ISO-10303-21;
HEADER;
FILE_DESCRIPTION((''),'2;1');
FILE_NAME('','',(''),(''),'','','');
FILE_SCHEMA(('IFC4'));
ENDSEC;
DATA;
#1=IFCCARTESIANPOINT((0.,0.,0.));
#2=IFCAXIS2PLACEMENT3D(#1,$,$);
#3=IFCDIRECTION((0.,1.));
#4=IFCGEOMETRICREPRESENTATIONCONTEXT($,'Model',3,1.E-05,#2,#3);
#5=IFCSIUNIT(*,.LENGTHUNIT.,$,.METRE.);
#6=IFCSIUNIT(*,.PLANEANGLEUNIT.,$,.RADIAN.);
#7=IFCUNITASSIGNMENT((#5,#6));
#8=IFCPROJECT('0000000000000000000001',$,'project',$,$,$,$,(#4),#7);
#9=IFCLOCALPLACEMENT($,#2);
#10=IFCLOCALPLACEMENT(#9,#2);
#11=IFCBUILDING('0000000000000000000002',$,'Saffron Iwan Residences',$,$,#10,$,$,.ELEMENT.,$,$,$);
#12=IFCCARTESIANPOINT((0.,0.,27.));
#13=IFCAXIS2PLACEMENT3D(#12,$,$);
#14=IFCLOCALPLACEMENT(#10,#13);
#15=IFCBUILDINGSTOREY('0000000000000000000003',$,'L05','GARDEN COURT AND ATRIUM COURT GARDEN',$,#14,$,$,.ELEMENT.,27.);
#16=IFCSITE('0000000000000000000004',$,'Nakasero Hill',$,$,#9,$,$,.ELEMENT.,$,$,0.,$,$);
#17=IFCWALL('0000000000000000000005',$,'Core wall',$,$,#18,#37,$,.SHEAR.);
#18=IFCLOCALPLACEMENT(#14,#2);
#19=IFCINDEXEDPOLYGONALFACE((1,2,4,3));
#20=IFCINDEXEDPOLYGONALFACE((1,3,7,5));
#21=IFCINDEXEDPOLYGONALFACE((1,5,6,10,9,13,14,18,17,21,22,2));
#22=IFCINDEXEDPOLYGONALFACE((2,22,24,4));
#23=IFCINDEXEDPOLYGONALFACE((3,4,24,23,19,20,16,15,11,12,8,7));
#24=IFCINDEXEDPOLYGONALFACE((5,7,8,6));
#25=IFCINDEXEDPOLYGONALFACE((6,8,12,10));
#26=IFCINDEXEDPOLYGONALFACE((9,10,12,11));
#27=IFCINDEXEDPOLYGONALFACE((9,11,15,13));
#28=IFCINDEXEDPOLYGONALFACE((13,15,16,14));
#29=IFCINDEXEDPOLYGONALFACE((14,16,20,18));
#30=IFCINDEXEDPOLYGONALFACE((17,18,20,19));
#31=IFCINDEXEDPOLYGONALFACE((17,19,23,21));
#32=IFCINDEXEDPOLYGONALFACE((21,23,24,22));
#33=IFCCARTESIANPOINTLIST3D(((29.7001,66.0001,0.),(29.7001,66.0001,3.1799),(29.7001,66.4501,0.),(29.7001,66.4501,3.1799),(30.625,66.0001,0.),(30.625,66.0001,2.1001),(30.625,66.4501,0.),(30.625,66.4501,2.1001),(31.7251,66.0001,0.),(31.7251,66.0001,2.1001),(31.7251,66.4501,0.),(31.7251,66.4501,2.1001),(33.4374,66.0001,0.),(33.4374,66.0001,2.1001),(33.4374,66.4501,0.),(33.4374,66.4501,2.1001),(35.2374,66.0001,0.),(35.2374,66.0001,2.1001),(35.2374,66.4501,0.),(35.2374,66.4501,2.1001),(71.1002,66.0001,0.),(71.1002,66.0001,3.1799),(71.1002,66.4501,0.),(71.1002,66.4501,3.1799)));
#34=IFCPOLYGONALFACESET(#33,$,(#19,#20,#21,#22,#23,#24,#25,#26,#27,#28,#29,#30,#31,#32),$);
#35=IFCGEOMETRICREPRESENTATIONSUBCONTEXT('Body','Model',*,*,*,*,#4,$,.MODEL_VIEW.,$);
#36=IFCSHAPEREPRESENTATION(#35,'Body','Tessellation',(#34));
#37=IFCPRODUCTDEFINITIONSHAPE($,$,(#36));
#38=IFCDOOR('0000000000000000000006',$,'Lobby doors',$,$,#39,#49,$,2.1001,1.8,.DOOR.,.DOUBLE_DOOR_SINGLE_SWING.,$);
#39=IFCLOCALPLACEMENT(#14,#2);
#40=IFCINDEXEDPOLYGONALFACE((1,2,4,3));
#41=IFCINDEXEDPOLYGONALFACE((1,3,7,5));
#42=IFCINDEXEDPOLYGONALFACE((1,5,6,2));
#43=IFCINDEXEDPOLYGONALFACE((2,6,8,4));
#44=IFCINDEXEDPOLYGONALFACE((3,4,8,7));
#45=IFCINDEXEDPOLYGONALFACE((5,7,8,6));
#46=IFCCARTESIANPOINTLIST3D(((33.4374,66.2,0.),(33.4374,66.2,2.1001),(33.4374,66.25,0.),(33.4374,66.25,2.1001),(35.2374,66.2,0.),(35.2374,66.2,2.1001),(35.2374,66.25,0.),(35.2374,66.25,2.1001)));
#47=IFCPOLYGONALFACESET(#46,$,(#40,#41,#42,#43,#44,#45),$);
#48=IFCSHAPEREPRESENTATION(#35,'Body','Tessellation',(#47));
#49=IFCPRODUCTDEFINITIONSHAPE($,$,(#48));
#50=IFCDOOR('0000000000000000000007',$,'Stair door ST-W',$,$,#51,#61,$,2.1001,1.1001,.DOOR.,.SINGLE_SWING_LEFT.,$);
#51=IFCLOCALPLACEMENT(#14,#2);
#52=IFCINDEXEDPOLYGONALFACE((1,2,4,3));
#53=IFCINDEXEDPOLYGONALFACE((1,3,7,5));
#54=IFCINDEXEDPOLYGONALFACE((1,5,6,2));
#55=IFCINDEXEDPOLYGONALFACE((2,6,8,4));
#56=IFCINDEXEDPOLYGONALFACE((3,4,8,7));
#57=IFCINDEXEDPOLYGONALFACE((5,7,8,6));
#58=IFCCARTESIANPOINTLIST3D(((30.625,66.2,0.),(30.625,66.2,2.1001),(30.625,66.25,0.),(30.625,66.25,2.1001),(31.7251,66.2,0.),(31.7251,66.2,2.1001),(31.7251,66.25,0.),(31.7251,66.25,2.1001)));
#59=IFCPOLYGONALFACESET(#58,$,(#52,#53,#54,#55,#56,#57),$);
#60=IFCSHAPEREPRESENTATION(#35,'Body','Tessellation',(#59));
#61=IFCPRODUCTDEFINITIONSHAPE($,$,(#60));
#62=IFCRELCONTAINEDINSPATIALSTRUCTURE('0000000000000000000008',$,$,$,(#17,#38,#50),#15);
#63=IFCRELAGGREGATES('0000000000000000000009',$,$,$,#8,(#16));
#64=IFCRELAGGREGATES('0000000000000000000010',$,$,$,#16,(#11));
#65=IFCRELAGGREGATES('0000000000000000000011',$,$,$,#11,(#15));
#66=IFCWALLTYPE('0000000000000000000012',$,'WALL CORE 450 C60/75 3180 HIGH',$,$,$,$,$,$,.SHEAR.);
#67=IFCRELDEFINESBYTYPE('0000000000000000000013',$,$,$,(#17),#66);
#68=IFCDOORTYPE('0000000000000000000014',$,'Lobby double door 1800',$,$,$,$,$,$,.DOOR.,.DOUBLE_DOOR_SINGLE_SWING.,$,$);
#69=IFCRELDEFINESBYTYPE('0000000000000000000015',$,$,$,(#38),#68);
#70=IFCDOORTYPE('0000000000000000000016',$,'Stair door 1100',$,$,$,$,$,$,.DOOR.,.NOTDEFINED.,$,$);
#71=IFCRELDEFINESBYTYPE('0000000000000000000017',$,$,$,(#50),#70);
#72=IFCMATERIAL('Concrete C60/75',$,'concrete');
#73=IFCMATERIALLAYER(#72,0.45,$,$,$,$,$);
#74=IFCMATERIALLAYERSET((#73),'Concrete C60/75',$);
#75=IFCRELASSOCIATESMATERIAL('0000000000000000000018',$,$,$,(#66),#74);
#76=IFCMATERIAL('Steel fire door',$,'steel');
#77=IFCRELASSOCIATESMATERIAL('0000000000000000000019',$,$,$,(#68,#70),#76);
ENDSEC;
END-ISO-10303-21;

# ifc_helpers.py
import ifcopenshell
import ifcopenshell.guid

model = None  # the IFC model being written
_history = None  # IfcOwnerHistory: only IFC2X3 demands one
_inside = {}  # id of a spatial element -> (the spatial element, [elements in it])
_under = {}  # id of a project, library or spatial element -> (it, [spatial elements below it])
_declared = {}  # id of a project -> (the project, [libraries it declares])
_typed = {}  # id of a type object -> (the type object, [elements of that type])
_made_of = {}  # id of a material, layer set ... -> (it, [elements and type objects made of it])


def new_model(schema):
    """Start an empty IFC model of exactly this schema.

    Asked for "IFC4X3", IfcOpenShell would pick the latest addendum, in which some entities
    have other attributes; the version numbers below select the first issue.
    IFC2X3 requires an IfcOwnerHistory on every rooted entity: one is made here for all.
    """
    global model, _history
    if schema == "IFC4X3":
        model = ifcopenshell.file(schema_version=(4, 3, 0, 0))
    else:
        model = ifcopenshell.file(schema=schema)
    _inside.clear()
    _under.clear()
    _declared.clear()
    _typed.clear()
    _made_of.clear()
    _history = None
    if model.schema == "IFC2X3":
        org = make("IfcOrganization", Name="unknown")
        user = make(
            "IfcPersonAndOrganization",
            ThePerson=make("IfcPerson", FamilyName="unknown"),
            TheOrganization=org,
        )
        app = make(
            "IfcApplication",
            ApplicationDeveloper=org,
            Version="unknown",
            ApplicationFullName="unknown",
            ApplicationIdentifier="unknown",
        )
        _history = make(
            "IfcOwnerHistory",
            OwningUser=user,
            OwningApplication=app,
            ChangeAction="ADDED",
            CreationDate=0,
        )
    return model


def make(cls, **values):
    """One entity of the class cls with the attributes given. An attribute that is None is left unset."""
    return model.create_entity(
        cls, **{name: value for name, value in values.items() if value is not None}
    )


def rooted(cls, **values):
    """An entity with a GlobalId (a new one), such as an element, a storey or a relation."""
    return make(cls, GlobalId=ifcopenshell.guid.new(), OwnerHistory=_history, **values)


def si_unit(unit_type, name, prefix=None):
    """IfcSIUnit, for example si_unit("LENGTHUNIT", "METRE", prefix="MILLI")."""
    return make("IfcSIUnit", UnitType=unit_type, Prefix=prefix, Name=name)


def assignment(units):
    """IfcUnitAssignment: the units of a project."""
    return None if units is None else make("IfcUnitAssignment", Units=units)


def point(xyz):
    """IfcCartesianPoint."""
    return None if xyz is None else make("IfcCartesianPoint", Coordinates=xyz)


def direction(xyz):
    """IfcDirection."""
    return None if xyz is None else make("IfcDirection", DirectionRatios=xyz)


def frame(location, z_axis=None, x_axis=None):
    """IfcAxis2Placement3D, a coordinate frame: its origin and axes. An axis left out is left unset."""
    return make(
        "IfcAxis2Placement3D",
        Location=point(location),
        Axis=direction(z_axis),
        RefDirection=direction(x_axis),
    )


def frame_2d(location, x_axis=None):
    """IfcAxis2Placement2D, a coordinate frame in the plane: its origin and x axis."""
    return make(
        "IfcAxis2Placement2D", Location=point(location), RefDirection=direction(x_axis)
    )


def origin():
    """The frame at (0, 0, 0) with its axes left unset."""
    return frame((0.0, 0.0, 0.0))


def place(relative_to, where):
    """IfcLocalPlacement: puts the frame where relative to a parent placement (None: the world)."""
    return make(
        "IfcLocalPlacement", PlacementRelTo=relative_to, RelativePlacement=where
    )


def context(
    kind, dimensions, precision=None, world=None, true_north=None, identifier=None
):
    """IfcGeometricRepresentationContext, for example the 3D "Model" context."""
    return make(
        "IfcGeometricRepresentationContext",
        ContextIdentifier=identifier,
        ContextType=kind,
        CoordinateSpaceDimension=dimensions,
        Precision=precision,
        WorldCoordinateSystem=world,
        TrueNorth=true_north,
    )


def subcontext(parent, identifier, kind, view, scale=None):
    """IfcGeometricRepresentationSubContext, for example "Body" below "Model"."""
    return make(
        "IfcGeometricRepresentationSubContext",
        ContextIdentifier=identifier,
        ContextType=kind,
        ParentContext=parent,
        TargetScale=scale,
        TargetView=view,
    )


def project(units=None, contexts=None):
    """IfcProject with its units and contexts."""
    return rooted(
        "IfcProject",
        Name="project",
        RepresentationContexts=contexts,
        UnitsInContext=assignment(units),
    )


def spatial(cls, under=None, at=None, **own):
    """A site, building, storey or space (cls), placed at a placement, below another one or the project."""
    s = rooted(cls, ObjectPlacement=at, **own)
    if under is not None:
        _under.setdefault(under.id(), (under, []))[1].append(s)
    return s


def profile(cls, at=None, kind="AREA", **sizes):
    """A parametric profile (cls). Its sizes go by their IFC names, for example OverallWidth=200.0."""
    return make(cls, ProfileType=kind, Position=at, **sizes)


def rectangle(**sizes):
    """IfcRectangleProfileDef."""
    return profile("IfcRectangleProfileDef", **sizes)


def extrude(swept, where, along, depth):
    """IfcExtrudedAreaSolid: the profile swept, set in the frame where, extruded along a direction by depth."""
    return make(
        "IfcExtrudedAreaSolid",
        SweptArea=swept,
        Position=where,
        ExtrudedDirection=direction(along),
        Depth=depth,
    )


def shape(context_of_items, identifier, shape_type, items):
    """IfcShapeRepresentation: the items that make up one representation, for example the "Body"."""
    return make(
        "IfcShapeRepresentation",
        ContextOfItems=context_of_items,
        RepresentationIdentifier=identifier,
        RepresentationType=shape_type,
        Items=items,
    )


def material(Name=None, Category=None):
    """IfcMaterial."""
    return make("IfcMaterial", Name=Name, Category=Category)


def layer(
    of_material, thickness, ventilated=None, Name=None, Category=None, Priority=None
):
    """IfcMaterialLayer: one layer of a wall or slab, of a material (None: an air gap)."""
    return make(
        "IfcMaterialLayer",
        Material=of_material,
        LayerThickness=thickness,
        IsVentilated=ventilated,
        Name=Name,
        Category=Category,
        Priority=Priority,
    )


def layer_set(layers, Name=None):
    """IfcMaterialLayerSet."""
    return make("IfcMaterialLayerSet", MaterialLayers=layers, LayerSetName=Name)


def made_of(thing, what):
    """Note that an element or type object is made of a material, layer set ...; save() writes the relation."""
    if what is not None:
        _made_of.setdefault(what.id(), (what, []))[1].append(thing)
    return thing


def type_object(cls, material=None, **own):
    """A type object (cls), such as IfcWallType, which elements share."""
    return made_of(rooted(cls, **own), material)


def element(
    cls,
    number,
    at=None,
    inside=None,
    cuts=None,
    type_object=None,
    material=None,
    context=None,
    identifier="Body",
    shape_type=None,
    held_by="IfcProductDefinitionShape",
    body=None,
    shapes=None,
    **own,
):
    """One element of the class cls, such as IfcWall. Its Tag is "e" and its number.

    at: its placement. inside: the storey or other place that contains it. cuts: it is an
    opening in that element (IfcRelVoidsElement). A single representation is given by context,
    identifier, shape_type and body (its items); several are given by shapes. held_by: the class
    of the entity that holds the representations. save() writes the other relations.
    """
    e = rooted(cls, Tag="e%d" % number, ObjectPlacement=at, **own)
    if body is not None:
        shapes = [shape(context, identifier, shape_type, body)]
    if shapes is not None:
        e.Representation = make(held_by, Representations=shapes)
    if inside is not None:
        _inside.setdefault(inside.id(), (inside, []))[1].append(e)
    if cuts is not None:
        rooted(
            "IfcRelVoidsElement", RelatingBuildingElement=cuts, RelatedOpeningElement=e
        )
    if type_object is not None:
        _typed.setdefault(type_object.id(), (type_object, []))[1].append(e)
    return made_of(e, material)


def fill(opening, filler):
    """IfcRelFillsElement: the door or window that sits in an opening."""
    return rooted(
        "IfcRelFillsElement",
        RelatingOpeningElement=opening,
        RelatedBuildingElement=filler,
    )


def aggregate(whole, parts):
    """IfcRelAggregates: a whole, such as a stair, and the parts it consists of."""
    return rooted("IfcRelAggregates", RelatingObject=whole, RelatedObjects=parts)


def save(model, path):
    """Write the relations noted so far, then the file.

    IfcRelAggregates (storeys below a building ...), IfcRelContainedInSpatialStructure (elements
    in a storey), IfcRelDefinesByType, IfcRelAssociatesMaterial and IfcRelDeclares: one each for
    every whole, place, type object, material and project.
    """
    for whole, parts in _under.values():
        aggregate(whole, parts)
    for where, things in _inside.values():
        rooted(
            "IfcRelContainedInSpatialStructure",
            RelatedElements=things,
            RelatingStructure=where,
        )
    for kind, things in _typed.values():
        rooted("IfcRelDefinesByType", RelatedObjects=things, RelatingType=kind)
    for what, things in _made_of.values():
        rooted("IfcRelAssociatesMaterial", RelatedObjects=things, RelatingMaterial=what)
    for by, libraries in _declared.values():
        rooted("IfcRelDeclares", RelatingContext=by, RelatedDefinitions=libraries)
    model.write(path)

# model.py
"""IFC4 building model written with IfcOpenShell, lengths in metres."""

from ifc_helpers import new_model, si_unit, direction, frame, frame_2d, origin, place, context, subcontext, project, spatial, rectangle, extrude, material, layer, layer_set, type_object, element, fill, save


model = new_model("IFC4")

# Units and contexts
model_context = context("Model", 3, precision=1e-05, world=origin(), true_north=direction((0.0, 1.0)))
body_context = subcontext(model_context, "Body", "Model", "MODEL_VIEW")
ifc_project = project(units=[si_unit("LENGTHUNIT", "METRE"), si_unit("PLANEANGLEUNIT", "RADIAN")], contexts=[model_context])

# Site, building, storey
site_placement = place(None, origin())
site = spatial("IfcSite", under=ifc_project, at=site_placement, Name="Nakasero Hill", CompositionType="ELEMENT", RefElevation=0.0)
building_placement = place(site_placement, origin())
building = spatial("IfcBuilding", under=site, at=building_placement, Name="Saffron Iwan Residences", CompositionType="ELEMENT")
storey_placement = place(building_placement, frame((0.0, 0.0, 27.0)))
storey = spatial("IfcBuildingStorey", under=building, at=storey_placement, Name="L05", Description="GARDEN COURT AND ATRIUM COURT GARDEN", CompositionType="ELEMENT", Elevation=27.0)

# Wall, openings, doors
ifc_material_1 = material(Name="Concrete C60/75", Category="concrete")
ifc_layer_1 = layer(ifc_material_1, 0.45)
ifc_layer_set_1 = layer_set([ifc_layer_1], Name="Concrete C60/75")
wall_type = type_object("IfcWallType", Name="WALL CORE 450 C60/75 3180 HIGH", PredefinedType="SHEAR", material=ifc_layer_set_1)
wall_1_placement = place(storey_placement, frame((29.7, 66.2251, 0.0), z_axis=(0.0, 0.0, 1.0), x_axis=(1.0, 0.0, 0.0)))
wall_1 = element("IfcWall", 1, at=wall_1_placement, inside=storey, type_object=wall_type, Name="Core wall", PredefinedType="SHEAR", context=body_context, shape_type="SweptSolid", body=[
    extrude(rectangle(XDim=41.4001, YDim=0.45, at=frame_2d((20.7002, 0.0))), origin(), (0.0, 0.0, 1.0), 3.1799),
])
opening_1_placement = place(wall_1_placement, frame((0.925, 0.0, 0.0)))
opening_1 = element("IfcOpeningElement", 2, at=opening_1_placement, cuts=wall_1, PredefinedType="OPENING", context=body_context, shape_type="SweptSolid", body=[
    extrude(rectangle(XDim=1.1001, YDim=2.1001, at=frame_2d((0.55, 1.05))), frame((0.0, 0.2349, 0.0), z_axis=(0.0, -1.0, 0.0), x_axis=(1.0, 0.0, 0.0)), (0.0, 0.0, 1.0), 0.47),
])
opening_2_placement = place(wall_1_placement, frame((3.7375, 0.0, 0.0)))
opening_2 = element("IfcOpeningElement", 3, at=opening_2_placement, cuts=wall_1, PredefinedType="OPENING", context=body_context, shape_type="SweptSolid", body=[
    extrude(rectangle(XDim=1.8, YDim=2.1001, at=frame_2d((0.8999, 1.05))), frame((0.0, 0.2349, 0.0), z_axis=(0.0, -1.0, 0.0), x_axis=(1.0, 0.0, 0.0)), (0.0, 0.0, 1.0), 0.47),
])
ifc_material_2 = material(Name="Steel fire door", Category="steel")
door_type_1 = type_object("IfcDoorType", Name="Lobby double door 1800", OperationType="DOUBLE_DOOR_SINGLE_SWING", PredefinedType="DOOR", material=ifc_material_2)
door_1_placement = place(opening_2_placement, origin())
door_1 = element("IfcDoor", 4, at=door_1_placement, inside=storey, type_object=door_type_1, Name="Lobby doors", OperationType="DOUBLE_DOOR_SINGLE_SWING", OverallHeight=2.1001, OverallWidth=1.8, PredefinedType="DOOR", context=body_context, shape_type="SweptSolid", body=[
    extrude(rectangle(XDim=1.8, YDim=2.1001, at=frame_2d((0.8999, 1.05))), frame((0.0, 0.0249, 0.0), z_axis=(0.0, -1.0, 0.0), x_axis=(1.0, 0.0, 0.0)), (0.0, 0.0, 1.0), 0.05),
])
fill(opening_2, door_1)
door_type_2 = type_object("IfcDoorType", Name="Stair door 1100", OperationType="NOTDEFINED", PredefinedType="DOOR", material=ifc_material_2)
door_2_placement = place(opening_1_placement, origin())
door_2 = element("IfcDoor", 5, at=door_2_placement, inside=storey, type_object=door_type_2, Name="Stair door ST-W", OperationType="SINGLE_SWING_LEFT", OverallHeight=2.1001, OverallWidth=1.1001, PredefinedType="DOOR", context=body_context, shape_type="SweptSolid", body=[
    extrude(rectangle(XDim=1.1001, YDim=2.1001, at=frame_2d((0.55, 1.05))), frame((0.0, 0.0249, 0.0), z_axis=(0.0, -1.0, 0.0), x_axis=(1.0, 0.0, 0.0)), (0.0, 0.0, 1.0), 0.05),
])
fill(opening_1, door_2)

save(model, "model.ifc")
